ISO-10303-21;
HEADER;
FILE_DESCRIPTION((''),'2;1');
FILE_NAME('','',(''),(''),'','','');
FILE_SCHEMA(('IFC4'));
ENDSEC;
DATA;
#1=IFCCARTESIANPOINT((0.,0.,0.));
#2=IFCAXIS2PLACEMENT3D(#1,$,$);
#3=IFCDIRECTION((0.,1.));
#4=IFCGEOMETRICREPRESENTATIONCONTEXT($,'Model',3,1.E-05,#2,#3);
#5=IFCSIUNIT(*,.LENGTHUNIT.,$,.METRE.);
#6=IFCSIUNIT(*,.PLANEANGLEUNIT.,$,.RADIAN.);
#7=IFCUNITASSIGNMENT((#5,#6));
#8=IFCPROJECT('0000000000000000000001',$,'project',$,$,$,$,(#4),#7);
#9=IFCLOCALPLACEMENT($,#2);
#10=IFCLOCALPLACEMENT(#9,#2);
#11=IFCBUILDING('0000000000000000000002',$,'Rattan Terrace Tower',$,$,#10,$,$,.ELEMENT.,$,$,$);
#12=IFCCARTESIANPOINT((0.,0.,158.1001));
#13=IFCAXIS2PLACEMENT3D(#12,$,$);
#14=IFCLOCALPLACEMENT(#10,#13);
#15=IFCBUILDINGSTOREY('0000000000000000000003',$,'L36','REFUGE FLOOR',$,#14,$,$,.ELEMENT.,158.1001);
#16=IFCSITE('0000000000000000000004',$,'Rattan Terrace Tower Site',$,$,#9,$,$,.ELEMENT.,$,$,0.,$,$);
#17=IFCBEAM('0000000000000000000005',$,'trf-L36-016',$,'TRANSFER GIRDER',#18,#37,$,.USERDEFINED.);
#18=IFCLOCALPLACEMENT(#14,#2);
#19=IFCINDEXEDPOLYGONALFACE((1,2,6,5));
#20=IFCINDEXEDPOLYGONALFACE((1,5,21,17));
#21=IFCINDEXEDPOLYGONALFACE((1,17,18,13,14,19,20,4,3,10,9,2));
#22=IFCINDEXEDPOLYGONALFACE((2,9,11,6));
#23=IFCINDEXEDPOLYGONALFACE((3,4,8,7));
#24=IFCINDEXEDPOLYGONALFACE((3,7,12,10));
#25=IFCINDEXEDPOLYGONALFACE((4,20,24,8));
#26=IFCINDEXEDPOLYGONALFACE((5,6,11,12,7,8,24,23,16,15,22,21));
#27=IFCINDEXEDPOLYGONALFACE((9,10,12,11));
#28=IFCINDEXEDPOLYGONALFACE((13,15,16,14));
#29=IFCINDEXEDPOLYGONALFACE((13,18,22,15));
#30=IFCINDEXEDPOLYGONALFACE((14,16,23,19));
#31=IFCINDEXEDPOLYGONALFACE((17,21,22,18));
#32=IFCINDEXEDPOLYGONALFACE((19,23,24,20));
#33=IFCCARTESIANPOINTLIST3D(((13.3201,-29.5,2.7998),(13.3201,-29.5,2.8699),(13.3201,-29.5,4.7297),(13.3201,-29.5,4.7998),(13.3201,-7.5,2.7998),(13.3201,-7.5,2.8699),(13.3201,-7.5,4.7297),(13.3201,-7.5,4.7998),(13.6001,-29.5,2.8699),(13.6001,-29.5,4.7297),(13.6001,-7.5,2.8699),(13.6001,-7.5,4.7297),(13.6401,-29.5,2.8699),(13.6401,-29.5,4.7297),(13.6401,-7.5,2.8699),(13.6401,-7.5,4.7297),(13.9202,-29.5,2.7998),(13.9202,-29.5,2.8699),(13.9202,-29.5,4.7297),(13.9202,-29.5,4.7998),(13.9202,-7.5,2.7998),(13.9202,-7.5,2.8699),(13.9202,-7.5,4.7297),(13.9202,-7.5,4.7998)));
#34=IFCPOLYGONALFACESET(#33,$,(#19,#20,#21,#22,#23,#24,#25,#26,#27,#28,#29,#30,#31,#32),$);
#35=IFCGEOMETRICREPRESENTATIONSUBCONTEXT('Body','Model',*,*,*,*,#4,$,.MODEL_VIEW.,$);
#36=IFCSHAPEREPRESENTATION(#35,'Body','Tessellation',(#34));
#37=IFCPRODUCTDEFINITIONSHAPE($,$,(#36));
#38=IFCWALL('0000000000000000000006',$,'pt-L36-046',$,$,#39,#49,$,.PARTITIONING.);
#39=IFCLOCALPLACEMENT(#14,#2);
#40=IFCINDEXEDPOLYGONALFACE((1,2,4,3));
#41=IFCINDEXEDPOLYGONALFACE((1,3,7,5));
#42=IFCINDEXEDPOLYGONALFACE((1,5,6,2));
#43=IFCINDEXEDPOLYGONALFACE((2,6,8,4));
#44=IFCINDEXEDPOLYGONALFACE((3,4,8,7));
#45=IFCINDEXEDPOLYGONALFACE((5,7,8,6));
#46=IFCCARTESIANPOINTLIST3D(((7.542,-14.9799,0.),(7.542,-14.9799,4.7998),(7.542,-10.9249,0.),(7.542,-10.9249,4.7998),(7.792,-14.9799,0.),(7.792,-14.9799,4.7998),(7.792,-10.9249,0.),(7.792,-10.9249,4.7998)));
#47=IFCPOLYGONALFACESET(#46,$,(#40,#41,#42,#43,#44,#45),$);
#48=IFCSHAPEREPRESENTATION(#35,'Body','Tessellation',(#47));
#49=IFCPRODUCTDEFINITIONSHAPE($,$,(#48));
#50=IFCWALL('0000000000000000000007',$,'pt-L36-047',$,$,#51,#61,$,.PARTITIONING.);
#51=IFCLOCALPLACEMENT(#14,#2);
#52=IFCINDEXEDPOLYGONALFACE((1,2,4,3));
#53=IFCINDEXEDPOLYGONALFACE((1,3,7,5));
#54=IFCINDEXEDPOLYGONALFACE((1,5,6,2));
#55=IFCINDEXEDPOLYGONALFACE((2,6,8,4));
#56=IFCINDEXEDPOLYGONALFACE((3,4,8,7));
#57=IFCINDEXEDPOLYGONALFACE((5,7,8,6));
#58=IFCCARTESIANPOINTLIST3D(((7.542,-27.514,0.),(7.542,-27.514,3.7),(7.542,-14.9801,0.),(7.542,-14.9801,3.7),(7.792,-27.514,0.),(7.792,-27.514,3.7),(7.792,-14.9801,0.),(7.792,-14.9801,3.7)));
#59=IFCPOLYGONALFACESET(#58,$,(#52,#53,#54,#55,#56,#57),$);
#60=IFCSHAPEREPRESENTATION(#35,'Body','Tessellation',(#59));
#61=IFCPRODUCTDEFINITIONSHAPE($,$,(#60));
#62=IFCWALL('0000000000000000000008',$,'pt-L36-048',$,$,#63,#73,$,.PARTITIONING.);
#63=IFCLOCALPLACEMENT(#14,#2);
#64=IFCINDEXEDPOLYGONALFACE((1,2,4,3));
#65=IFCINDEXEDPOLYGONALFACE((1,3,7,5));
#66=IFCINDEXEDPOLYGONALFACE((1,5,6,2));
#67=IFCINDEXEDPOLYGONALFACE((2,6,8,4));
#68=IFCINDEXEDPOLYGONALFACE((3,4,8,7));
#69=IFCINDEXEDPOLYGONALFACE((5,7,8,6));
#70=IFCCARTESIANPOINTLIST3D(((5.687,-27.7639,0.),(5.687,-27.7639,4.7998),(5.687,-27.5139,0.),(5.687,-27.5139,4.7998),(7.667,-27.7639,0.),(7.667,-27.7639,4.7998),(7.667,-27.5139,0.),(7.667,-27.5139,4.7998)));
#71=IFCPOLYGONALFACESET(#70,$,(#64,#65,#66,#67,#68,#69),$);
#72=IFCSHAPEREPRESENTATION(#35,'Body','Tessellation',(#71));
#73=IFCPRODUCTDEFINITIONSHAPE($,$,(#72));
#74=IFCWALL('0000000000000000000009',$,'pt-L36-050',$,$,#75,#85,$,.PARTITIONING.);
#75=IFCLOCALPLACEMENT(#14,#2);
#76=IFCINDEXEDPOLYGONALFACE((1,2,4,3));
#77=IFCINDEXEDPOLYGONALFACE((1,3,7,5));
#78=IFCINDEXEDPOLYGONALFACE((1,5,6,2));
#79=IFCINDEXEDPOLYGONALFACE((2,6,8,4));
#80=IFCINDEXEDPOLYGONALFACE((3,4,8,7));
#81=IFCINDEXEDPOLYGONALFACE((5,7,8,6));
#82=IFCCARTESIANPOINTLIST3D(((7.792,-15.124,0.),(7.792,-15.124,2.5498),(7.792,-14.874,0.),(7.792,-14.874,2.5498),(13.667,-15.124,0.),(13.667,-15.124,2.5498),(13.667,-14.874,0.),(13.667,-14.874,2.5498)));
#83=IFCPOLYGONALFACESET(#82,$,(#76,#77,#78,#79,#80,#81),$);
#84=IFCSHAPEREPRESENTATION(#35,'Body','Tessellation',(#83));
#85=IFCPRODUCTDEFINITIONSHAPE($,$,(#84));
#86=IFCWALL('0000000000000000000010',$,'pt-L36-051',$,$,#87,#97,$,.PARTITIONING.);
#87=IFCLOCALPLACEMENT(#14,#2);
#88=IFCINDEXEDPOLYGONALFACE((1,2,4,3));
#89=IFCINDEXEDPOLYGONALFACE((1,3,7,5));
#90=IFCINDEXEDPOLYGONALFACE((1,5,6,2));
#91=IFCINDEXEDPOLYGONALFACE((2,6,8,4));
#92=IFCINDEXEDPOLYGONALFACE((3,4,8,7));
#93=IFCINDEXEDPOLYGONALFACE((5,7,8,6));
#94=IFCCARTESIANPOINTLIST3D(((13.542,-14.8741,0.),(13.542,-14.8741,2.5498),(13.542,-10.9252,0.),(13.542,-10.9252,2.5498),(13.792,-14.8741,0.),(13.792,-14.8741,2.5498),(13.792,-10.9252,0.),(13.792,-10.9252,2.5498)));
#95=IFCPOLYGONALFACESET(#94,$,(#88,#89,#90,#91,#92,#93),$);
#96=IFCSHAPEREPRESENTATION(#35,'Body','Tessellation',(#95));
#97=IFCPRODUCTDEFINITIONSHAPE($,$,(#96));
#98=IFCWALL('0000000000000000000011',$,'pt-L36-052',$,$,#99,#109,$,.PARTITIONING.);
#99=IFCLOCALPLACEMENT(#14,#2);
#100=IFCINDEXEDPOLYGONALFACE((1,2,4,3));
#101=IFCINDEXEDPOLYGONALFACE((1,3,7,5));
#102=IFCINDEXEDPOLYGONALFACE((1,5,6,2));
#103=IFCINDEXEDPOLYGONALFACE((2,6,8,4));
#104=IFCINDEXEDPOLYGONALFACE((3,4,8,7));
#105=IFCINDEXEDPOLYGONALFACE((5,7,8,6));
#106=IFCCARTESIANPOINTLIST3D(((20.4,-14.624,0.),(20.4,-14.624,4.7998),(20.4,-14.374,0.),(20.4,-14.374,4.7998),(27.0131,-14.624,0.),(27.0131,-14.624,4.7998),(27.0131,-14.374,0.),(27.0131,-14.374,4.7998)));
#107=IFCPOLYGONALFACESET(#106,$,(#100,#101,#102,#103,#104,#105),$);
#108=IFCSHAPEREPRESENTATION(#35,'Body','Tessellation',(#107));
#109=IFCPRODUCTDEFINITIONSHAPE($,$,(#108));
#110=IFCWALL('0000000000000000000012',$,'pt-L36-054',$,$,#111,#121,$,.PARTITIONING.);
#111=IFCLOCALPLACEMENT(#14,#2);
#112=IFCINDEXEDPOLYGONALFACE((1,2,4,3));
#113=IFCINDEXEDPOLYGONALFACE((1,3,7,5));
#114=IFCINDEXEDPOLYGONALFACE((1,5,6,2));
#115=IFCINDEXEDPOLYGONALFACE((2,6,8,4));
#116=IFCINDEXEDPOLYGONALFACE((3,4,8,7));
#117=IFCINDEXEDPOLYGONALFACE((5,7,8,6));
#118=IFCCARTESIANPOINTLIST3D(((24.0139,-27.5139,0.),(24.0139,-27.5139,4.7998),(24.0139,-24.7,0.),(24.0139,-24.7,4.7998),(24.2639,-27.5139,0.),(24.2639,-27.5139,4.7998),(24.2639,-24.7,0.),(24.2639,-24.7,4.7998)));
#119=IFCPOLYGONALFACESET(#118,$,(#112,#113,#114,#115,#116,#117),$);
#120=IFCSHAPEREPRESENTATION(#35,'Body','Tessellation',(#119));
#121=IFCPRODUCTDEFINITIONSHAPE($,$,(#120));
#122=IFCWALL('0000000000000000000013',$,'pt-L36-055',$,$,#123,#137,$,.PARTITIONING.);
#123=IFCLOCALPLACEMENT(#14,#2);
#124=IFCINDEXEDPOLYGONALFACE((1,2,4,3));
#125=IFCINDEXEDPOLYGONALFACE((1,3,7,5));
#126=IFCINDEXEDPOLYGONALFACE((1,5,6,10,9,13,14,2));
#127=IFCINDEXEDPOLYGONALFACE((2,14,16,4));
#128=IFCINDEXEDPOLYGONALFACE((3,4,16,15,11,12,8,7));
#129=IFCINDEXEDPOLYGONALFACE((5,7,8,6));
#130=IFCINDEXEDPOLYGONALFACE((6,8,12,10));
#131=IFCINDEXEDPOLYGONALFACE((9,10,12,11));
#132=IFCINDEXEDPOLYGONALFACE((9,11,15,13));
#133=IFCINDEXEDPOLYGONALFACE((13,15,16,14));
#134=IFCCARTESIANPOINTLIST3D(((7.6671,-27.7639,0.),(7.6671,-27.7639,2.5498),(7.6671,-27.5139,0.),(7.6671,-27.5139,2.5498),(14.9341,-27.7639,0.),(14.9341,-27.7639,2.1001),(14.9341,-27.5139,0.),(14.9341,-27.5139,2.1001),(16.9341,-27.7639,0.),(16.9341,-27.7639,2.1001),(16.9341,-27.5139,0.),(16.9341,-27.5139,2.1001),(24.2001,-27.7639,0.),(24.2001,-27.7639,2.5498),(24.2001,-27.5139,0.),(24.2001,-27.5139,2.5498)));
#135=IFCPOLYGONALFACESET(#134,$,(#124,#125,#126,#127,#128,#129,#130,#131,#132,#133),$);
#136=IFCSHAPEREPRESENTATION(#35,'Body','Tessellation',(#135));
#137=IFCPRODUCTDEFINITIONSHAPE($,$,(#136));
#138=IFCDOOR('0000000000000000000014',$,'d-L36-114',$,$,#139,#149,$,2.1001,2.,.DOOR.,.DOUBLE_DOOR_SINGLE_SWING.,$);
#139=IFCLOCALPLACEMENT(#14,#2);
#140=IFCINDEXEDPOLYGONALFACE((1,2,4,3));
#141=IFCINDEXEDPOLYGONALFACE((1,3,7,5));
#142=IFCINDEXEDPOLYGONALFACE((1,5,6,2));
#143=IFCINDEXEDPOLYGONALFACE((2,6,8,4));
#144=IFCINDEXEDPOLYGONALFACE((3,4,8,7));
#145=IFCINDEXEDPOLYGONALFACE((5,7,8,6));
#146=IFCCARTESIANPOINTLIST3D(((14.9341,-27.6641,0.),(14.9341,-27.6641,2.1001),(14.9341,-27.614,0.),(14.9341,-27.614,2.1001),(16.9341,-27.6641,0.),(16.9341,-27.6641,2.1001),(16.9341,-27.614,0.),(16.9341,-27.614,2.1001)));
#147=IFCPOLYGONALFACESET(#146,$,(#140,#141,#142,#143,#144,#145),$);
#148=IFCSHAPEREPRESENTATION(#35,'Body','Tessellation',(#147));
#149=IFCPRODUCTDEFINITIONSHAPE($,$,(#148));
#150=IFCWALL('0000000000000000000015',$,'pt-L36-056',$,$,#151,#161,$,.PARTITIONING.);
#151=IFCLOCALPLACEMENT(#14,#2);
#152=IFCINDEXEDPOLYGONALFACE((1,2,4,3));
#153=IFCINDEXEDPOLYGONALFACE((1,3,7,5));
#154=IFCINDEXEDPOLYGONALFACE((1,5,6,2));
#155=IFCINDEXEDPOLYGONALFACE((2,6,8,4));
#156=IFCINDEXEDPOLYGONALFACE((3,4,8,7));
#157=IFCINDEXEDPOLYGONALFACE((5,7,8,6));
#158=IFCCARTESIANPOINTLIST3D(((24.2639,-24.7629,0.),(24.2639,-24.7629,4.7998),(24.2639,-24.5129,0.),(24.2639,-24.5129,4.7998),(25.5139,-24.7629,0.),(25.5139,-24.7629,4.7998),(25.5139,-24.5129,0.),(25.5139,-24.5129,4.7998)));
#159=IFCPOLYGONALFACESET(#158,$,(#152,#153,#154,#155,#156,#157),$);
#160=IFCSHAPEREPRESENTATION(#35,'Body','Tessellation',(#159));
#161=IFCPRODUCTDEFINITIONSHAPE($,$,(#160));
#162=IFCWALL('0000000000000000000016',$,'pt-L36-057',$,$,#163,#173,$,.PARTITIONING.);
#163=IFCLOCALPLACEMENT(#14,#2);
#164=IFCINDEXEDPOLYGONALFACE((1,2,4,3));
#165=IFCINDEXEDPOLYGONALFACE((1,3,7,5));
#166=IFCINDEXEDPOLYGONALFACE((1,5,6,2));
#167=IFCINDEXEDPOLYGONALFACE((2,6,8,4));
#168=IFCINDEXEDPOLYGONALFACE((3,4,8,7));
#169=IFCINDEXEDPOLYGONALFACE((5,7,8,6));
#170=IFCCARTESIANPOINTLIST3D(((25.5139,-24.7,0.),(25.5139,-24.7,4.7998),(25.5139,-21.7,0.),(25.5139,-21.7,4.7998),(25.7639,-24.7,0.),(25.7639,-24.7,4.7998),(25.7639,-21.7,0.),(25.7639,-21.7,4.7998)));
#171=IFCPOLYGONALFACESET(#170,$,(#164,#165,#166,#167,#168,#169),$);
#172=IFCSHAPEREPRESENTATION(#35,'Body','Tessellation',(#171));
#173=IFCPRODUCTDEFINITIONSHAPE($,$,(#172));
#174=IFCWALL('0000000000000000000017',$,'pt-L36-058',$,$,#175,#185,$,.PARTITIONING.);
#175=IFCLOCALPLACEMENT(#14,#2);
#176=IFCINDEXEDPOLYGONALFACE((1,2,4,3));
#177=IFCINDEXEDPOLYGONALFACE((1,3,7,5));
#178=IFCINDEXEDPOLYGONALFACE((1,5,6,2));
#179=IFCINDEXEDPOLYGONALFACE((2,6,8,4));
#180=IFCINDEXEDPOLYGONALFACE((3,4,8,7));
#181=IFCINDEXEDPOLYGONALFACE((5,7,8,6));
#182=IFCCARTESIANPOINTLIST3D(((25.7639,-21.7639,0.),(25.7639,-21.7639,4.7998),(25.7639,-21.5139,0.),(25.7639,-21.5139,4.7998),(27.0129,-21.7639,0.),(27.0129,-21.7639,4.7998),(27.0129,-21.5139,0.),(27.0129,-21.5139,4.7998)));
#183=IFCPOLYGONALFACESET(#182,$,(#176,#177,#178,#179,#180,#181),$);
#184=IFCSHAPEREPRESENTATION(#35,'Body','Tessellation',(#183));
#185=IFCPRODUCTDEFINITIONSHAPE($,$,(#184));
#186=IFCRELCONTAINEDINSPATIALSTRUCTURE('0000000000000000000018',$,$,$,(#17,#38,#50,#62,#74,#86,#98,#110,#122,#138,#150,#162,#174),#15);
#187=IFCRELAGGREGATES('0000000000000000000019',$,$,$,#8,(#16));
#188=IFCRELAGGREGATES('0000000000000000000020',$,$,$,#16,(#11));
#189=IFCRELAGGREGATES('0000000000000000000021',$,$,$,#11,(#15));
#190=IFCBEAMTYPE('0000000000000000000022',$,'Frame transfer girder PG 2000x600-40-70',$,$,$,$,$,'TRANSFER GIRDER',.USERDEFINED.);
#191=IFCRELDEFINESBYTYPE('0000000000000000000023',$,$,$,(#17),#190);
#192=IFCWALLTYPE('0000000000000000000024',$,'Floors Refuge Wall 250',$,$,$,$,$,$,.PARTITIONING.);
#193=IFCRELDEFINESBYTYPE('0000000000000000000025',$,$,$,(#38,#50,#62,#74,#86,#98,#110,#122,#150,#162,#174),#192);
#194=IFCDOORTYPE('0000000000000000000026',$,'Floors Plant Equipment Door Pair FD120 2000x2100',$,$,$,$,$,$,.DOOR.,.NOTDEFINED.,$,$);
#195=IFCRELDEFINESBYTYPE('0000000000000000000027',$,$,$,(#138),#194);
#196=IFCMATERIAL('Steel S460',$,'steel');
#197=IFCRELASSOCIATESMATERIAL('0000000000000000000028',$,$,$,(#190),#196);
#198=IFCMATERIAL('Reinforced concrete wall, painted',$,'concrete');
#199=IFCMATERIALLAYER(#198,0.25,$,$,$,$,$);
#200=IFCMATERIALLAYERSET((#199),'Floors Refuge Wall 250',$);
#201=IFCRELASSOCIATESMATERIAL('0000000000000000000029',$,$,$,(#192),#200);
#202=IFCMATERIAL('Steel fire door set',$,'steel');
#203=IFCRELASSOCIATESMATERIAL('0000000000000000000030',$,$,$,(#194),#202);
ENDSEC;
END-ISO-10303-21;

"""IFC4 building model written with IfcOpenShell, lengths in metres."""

from ifc_helpers import new_model, si_unit, direction, frame, frame_2d, origin, origin_2d, place, context, subcontext, project, spatial, rectangle, i_section, extrude, material, layer, layer_set, material_profile, profile_set, type_object, element, fill, save


model = new_model("IFC4")

# Units and contexts
model_context = context("Model", 3, precision=1e-05, world=origin(), true_north=direction((0.0, 1.0)))
body_context = subcontext(model_context, "Body", "Model", "MODEL_VIEW")
ifc_project = project(units=[si_unit("LENGTHUNIT", "METRE"), si_unit("PLANEANGLEUNIT", "RADIAN")], contexts=[model_context])

# Site, building, storey
site_placement = place(None, origin())
site = spatial("IfcSite", under=ifc_project, at=site_placement, Name="Rattan Terrace Tower Site", CompositionType="ELEMENT", RefElevation=0.0)
building_placement = place(site_placement, origin())
building = spatial("IfcBuilding", under=site, at=building_placement, Name="Rattan Terrace Tower", CompositionType="ELEMENT")
storey_placement = place(building_placement, frame((0.0, 0.0, 158.1001)))
storey = spatial("IfcBuildingStorey", under=building, at=storey_placement, Name="L36", Description="REFUGE FLOOR", CompositionType="ELEMENT", Elevation=158.1001)

# Beam
ifc_material_1 = material(Name="Steel S460", Category="steel")
ifc_material_profile_1 = material_profile(ifc_material_1, i_section(OverallWidth=0.6001, OverallDepth=2.0, WebThickness=0.04, FlangeThickness=0.0701, at=origin_2d()), Name="PG 2000x600-40-70")
ifc_profile_set_1 = profile_set([ifc_material_profile_1], Name="Steel S460")
beam_type_1 = type_object("IfcBeamType", Name="Frame transfer girder PG 2000x600-40-70", ElementType="TRANSFER GIRDER", PredefinedType="USERDEFINED", material=ifc_profile_set_1)
for number, where, z_axis, x_axis, name in (
    (1, (13.6201, -29.5, 3.7998), (0.0, 1.0, 0.0), (-1.0, 0.0, 0.0), "trf-L36-016"),
):
    element("IfcBeam", number, at=place(storey_placement, frame(where, z_axis=z_axis, x_axis=x_axis)), inside=storey, type_object=beam_type_1, Name=name, ObjectType="TRANSFER GIRDER", PredefinedType="USERDEFINED", context=body_context, shape_type="SweptSolid", body=[
        extrude(i_section(OverallWidth=0.6001, OverallDepth=2.0, WebThickness=0.04, FlangeThickness=0.0701, at=origin_2d()), origin(), (0.0, 0.0, 1.0), 22.0),
    ])

# Walls
ifc_material_2 = material(Name="Reinforced concrete wall, painted", Category="concrete")
ifc_layer = layer(ifc_material_2, 0.25)
ifc_layer_set = layer_set([ifc_layer], Name="Floors Refuge Wall 250")
wall_type = type_object("IfcWallType", Name="Floors Refuge Wall 250", PredefinedType="PARTITIONING", material=ifc_layer_set)
wall_1_placement = place(storey_placement, frame((7.667, -10.925, 0.0), z_axis=(0.0, 0.0, 1.0), x_axis=(0.0, -1.0, 0.0)))
element("IfcWall", 2, at=wall_1_placement, inside=storey, type_object=wall_type, Name="pt-L36-046", PredefinedType="PARTITIONING", context=body_context, shape_type="SweptSolid", body=[
    extrude(rectangle(XDim=4.0549, YDim=0.25, at=frame_2d((2.0273, 0.0))), origin(), (0.0, 0.0, 1.0), 4.7998),
])
wall_2_placement = place(storey_placement, frame((7.667, -14.98, 0.0), z_axis=(0.0, 0.0, 1.0), x_axis=(0.0, -1.0, 0.0)))
element("IfcWall", 3, at=wall_2_placement, inside=storey, type_object=wall_type, Name="pt-L36-047", PredefinedType="PARTITIONING", context=body_context, shape_type="SweptSolid", body=[
    extrude(rectangle(XDim=12.5339, YDim=0.25, at=frame_2d((6.2671, 0.0))), origin(), (0.0, 0.0, 1.0), 3.7),
])
wall_3_placement = place(storey_placement, frame((7.667, -27.6389, 0.0), z_axis=(0.0, 0.0, 1.0), x_axis=(-1.0, 0.0, 0.0)))
element("IfcWall", 4, at=wall_3_placement, inside=storey, type_object=wall_type, Name="pt-L36-048", PredefinedType="PARTITIONING", context=body_context, shape_type="SweptSolid", body=[
    extrude(rectangle(XDim=1.98, YDim=0.25, at=frame_2d((0.99, 0.0))), origin(), (0.0, 0.0, 1.0), 4.7998),
])
wall_4_placement = place(storey_placement, frame((13.667, -14.999, 0.0), z_axis=(0.0, 0.0, 1.0), x_axis=(-1.0, 0.0, 0.0)))
element("IfcWall", 5, at=wall_4_placement, inside=storey, type_object=wall_type, Name="pt-L36-050", PredefinedType="PARTITIONING", context=body_context, shape_type="SweptSolid", body=[
    extrude(rectangle(XDim=5.875, YDim=0.25, at=frame_2d((2.9375, 0.0))), origin(), (0.0, 0.0, 1.0), 2.5498),
])
wall_5_placement = place(storey_placement, frame((13.667, -10.925, 0.0), z_axis=(0.0, 0.0, 1.0), x_axis=(0.0, -1.0, 0.0)))
element("IfcWall", 6, at=wall_5_placement, inside=storey, type_object=wall_type, Name="pt-L36-051", PredefinedType="PARTITIONING", context=body_context, shape_type="SweptSolid", body=[
    extrude(rectangle(XDim=3.949, YDim=0.25, at=frame_2d((1.9746, 0.0))), origin(), (0.0, 0.0, 1.0), 2.5498),
])
wall_6_placement = place(storey_placement, frame((20.3999, -14.499, 0.0), z_axis=(0.0, 0.0, 1.0), x_axis=(1.0, 0.0, 0.0)))
element("IfcWall", 7, at=wall_6_placement, inside=storey, type_object=wall_type, Name="pt-L36-052", PredefinedType="PARTITIONING", context=body_context, shape_type="SweptSolid", body=[
    extrude(rectangle(XDim=6.613, YDim=0.25, at=frame_2d((3.3066, 0.0))), origin(), (0.0, 0.0, 1.0), 4.7998),
])
wall_7_placement = place(storey_placement, frame((24.1389, -24.7, 0.0), z_axis=(0.0, 0.0, 1.0), x_axis=(0.0, -1.0, 0.0)))
element("IfcWall", 8, at=wall_7_placement, inside=storey, type_object=wall_type, Name="pt-L36-054", PredefinedType="PARTITIONING", context=body_context, shape_type="SweptSolid", body=[
    extrude(rectangle(XDim=2.814, YDim=0.25, at=frame_2d((1.407, 0.0))), origin(), (0.0, 0.0, 1.0), 4.7998),
])

# Wall, opening, door
wall_8_placement = place(storey_placement, frame((7.667, -27.6389, 0.0), z_axis=(0.0, 0.0, 1.0), x_axis=(1.0, 0.0, 0.0)))
wall_8 = element("IfcWall", 9, at=wall_8_placement, inside=storey, type_object=wall_type, Name="pt-L36-055", PredefinedType="PARTITIONING", context=body_context, shape_type="SweptSolid", body=[
    extrude(rectangle(XDim=16.533, YDim=0.25, at=frame_2d((8.2666, 0.0))), origin(), (0.0, 0.0, 1.0), 2.5498),
])
opening_placement = place(wall_8_placement, frame((7.2671, 0.0, 0.0)))
opening = element("IfcOpeningElement", 10, at=opening_placement, cuts=wall_8, PredefinedType="OPENING", context=body_context, shape_type="SweptSolid", body=[
    extrude(rectangle(XDim=2.0, YDim=2.1001, at=frame_2d((1.0, 1.05))), frame((0.0, 0.1355, 0.0), z_axis=(0.0, -1.0, 0.0), x_axis=(1.0, 0.0, 0.0)), (0.0, 0.0, 1.0), 0.271),
])
ifc_material_3 = material(Name="Steel fire door set", Category="steel")
door_type = type_object("IfcDoorType", Name="Floors Plant Equipment Door Pair FD120 2000x2100", OperationType="NOTDEFINED", PredefinedType="DOOR", material=ifc_material_3)
door_placement = place(opening_placement, origin())
door = element("IfcDoor", 11, at=door_placement, inside=storey, type_object=door_type, Name="d-L36-114", OperationType="DOUBLE_DOOR_SINGLE_SWING", OverallHeight=2.1001, OverallWidth=2.0, PredefinedType="DOOR", context=body_context, shape_type="SweptSolid", body=[
    extrude(rectangle(XDim=2.0, YDim=2.1001, at=frame_2d((1.0, 1.05))), frame((0.0, 0.0249, 0.0), z_axis=(0.0, -1.0, 0.0), x_axis=(1.0, 0.0, 0.0)), (0.0, 0.0, 1.0), 0.05),
])
fill(opening, door)

# Walls
wall_9_placement = place(storey_placement, frame((25.5139, -24.6379, 0.0), z_axis=(0.0, 0.0, 1.0), x_axis=(-1.0, 0.0, 0.0)))
element("IfcWall", 12, at=wall_9_placement, inside=storey, type_object=wall_type, Name="pt-L36-056", PredefinedType="PARTITIONING", context=body_context, shape_type="SweptSolid", body=[
    extrude(rectangle(XDim=1.25, YDim=0.25, at=frame_2d((0.625, 0.0))), origin(), (0.0, 0.0, 1.0), 4.7998),
])
wall_10_placement = place(storey_placement, frame((25.6389, -21.7, 0.0), z_axis=(0.0, 0.0, 1.0), x_axis=(0.0, -1.0, 0.0)))
element("IfcWall", 13, at=wall_10_placement, inside=storey, type_object=wall_type, Name="pt-L36-057", PredefinedType="PARTITIONING", context=body_context, shape_type="SweptSolid", body=[
    extrude(rectangle(XDim=3.0, YDim=0.25, at=frame_2d((1.5, 0.0))), origin(), (0.0, 0.0, 1.0), 4.7998),
])
wall_11_placement = place(storey_placement, frame((27.0129, -21.6389, 0.0), z_axis=(0.0, 0.0, 1.0), x_axis=(-1.0, 0.0, 0.0)))
element("IfcWall", 14, at=wall_11_placement, inside=storey, type_object=wall_type, Name="pt-L36-058", PredefinedType="PARTITIONING", context=body_context, shape_type="SweptSolid", body=[
    extrude(rectangle(XDim=1.249, YDim=0.25, at=frame_2d((0.6245, 0.0))), origin(), (0.0, 0.0, 1.0), 4.7998),
])

save(model, "model.ifc")
